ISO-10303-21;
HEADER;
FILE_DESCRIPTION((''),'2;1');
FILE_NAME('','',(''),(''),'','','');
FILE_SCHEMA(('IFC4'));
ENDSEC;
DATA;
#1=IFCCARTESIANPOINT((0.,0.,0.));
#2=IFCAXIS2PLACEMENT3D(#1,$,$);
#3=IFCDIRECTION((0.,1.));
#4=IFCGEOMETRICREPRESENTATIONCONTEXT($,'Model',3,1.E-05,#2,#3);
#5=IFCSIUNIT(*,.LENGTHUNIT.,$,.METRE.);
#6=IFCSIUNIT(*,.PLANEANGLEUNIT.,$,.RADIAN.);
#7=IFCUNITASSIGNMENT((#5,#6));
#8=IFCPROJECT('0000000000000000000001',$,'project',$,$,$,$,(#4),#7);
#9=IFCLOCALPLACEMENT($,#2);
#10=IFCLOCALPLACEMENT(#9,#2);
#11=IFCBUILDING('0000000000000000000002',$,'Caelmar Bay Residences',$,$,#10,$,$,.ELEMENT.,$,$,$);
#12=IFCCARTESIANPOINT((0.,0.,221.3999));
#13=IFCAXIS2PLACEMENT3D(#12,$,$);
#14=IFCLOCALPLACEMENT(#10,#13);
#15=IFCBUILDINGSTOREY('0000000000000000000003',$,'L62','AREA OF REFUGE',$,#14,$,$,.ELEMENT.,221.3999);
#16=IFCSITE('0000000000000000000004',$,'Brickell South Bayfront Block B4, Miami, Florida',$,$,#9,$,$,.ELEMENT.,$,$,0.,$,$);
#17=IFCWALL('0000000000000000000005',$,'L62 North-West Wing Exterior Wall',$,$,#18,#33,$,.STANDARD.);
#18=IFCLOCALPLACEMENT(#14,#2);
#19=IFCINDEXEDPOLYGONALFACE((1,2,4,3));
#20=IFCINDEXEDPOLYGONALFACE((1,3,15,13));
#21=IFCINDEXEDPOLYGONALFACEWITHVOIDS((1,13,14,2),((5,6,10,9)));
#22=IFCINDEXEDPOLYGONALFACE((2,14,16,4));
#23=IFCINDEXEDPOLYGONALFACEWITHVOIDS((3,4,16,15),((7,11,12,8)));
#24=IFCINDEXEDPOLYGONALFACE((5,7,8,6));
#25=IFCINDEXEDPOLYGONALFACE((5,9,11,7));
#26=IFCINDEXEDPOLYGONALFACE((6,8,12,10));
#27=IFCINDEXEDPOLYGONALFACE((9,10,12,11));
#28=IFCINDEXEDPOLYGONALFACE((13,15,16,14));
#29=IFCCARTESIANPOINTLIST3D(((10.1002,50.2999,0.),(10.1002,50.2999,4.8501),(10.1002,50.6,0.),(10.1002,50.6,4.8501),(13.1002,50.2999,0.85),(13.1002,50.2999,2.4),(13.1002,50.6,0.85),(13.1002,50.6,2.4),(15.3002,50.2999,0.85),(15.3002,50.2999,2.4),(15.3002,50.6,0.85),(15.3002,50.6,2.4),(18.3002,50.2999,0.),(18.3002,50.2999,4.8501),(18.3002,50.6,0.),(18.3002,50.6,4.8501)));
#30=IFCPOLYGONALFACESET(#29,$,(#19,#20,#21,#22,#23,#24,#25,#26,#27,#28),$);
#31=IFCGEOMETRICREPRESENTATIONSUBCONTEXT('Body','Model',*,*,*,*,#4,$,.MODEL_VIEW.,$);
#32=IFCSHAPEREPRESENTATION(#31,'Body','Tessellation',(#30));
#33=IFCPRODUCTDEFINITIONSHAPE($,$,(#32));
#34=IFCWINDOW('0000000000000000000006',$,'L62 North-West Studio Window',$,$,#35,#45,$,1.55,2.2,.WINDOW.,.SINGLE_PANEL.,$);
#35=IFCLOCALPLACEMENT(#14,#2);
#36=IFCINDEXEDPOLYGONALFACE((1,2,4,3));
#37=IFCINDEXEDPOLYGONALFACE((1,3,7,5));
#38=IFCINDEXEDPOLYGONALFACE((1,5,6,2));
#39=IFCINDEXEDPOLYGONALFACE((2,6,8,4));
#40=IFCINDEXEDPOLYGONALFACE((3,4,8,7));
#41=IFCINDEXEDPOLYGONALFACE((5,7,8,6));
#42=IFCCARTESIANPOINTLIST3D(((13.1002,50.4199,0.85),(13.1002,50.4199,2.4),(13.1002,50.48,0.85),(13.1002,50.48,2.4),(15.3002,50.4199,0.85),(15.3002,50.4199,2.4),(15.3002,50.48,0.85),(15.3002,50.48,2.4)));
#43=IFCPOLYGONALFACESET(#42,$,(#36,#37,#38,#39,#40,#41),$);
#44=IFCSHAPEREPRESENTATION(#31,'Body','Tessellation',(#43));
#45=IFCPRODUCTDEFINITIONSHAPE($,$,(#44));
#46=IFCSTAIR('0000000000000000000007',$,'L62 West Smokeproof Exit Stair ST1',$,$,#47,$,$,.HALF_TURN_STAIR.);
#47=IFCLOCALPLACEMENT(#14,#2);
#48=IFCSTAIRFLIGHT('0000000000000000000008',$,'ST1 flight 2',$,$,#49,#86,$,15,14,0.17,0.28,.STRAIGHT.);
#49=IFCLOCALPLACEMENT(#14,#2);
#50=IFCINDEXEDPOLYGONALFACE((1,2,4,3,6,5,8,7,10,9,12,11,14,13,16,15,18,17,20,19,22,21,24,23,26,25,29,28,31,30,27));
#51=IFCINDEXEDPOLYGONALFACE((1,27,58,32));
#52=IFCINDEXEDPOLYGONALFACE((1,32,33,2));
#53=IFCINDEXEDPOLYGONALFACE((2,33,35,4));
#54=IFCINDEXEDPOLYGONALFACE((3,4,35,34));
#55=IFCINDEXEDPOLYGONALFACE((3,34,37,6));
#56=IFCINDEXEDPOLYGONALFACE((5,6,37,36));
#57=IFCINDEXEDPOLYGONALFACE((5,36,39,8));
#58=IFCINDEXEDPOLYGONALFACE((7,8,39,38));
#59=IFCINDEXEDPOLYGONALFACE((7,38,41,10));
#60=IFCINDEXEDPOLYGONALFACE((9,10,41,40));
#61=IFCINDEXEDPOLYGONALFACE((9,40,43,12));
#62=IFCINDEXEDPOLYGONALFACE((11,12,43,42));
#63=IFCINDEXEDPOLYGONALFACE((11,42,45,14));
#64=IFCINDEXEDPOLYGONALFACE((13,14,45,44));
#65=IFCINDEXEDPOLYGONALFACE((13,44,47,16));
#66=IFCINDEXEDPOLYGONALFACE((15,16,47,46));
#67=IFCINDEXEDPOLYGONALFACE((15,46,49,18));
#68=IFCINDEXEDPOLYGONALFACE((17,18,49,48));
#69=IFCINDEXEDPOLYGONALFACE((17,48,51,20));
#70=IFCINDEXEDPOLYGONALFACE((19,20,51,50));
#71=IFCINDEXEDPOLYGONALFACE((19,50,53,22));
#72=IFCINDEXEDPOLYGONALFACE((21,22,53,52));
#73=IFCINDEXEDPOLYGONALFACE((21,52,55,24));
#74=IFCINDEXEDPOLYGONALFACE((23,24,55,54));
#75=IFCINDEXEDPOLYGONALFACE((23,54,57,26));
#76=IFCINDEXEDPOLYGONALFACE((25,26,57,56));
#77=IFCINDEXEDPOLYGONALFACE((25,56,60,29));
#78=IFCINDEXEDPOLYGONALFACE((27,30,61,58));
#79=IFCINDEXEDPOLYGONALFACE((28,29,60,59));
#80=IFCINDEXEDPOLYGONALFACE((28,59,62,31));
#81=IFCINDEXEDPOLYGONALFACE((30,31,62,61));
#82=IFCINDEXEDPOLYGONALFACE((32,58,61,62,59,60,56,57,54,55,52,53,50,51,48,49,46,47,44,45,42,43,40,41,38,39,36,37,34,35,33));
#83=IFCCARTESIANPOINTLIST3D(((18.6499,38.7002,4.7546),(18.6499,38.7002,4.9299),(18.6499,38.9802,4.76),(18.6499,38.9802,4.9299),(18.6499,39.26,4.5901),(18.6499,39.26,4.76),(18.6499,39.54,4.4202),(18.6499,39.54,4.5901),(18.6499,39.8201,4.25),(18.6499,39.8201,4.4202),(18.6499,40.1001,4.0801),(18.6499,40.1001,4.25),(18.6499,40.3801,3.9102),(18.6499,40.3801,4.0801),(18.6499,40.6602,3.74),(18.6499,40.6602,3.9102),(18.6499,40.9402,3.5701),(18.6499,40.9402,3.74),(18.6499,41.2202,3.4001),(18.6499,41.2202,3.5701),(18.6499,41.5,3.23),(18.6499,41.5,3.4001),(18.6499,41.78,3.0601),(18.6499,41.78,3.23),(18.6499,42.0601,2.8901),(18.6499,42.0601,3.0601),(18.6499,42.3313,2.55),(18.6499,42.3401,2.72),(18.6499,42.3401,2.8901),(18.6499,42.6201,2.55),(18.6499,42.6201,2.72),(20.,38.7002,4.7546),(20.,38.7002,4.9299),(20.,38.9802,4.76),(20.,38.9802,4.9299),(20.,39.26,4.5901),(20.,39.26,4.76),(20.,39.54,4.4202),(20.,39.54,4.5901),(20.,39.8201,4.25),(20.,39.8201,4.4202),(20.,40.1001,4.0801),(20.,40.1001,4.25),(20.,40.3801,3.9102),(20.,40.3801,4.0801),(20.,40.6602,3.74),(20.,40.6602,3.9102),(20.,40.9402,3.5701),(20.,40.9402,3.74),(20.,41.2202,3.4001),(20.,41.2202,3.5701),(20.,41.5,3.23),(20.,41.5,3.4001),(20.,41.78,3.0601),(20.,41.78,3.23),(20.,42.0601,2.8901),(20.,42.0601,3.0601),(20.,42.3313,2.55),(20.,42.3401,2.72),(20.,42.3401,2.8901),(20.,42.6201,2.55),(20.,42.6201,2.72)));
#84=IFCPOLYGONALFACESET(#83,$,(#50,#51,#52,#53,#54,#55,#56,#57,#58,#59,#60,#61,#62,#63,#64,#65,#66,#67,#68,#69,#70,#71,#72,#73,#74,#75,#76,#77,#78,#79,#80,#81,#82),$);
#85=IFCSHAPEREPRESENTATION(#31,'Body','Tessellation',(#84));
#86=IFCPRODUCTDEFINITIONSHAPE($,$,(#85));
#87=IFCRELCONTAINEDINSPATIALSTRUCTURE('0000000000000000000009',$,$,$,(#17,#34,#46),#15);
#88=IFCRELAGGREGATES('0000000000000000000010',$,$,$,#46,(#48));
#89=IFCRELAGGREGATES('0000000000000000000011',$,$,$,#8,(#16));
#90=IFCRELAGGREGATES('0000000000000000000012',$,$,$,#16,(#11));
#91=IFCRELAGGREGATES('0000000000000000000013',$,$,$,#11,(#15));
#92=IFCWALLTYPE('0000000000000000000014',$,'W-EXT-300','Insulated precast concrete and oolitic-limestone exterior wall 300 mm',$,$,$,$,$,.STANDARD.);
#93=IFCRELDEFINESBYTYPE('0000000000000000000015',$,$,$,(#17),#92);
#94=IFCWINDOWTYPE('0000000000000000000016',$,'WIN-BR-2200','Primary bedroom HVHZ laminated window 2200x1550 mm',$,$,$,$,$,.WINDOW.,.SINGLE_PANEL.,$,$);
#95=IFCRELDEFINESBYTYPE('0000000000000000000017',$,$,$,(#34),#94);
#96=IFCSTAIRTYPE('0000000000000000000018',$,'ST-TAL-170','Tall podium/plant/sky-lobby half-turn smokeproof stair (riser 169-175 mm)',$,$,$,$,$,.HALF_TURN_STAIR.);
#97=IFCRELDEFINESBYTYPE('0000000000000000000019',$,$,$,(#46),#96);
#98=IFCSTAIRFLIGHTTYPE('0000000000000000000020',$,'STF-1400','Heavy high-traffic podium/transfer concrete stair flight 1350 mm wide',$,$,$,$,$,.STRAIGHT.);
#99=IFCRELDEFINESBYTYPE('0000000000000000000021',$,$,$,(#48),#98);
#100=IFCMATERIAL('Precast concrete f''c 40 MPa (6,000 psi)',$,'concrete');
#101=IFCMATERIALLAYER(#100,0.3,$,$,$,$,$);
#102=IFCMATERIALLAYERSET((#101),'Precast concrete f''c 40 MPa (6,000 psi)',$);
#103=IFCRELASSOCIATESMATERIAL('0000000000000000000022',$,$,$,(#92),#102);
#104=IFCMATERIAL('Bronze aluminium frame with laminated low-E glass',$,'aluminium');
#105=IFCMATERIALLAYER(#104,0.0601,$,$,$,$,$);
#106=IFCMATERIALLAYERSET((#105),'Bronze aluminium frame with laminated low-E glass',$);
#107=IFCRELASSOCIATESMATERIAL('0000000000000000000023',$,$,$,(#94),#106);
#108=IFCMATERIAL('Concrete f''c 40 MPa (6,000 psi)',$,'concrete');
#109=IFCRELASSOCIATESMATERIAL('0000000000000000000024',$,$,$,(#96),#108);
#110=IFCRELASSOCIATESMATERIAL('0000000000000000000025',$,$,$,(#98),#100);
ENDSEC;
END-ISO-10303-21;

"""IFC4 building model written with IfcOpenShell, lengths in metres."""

from ifc_helpers import new_model, si_unit, direction, frame, frame_2d, origin, place, context, subcontext, project, spatial, polyline, rectangle, outline, extrude, material, layer, layer_set, type_object, element, fill, aggregate, save


model = new_model("IFC4")

# Units and contexts
model_context = context("Model", 3, precision=1e-05, world=origin(), true_north=direction((0.0, 1.0)))
body_context = subcontext(model_context, "Body", "Model", "MODEL_VIEW")
ifc_project = project(units=[si_unit("LENGTHUNIT", "METRE"), si_unit("PLANEANGLEUNIT", "RADIAN")], contexts=[model_context])

# Site, building, storey
site_placement = place(None, origin())
site = spatial("IfcSite", under=ifc_project, at=site_placement, Name="Brickell South Bayfront Block B4, Miami, Florida", CompositionType="ELEMENT", RefElevation=0.0)
building_placement = place(site_placement, origin())
building = spatial("IfcBuilding", under=site, at=building_placement, Name="Caelmar Bay Residences", CompositionType="ELEMENT")
storey_placement = place(building_placement, frame((0.0, 0.0, 221.3999)))
storey = spatial("IfcBuildingStorey", under=building, at=storey_placement, Name="L62", Description="AREA OF REFUGE", CompositionType="ELEMENT", Elevation=221.3999)

# Shared definitions
ifc_material_1 = material(Name="Precast concrete f'c 40 MPa (6,000 psi)", Category="concrete")

# Wall, opening, window
ifc_layer_1 = layer(ifc_material_1, 0.3)
ifc_layer_set_1 = layer_set([ifc_layer_1], Name="Precast concrete f'c 40 MPa (6,000 psi)")
wall_type_1 = type_object("IfcWallType", Name="W-EXT-300", Description="Insulated precast concrete and oolitic-limestone exterior wall 300 mm", PredefinedType="STANDARD", material=ifc_layer_set_1)
wall_1_placement = place(storey_placement, frame((10.1001, 50.45, 0.0), z_axis=(0.0, 0.0, 1.0), x_axis=(1.0, 0.0, 0.0)))
wall_1 = element("IfcWall", 1, at=wall_1_placement, inside=storey, type_object=wall_type_1, Name="L62 North-West Wing Exterior Wall", PredefinedType="STANDARD", context=body_context, shape_type="SweptSolid", body=[
    extrude(rectangle(XDim=8.2, YDim=0.3, at=frame_2d((4.1001, 0.0))), origin(), (0.0, 0.0, 1.0), 4.8501),
])
opening_1_placement = place(wall_1_placement, frame((3.0, 0.0, 0.8501)))
opening_1 = element("IfcOpeningElement", 2, at=opening_1_placement, cuts=wall_1, PredefinedType="OPENING", context=body_context, shape_type="SweptSolid", body=[
    extrude(rectangle(XDim=2.2, YDim=1.55, at=frame_2d((1.1001, 0.7749))), frame((0.0, 0.1599, 0.0), z_axis=(0.0, -1.0, 0.0), x_axis=(1.0, 0.0, 0.0)), (0.0, 0.0, 1.0), 0.3201),
])
ifc_material_2 = material(Name="Bronze aluminium frame with laminated low-E glass", Category="aluminium")
ifc_layer_2 = layer(ifc_material_2, 0.0601)
ifc_layer_set_2 = layer_set([ifc_layer_2], Name="Bronze aluminium frame with laminated low-E glass")
window_type = type_object("IfcWindowType", Name="WIN-BR-2200", Description="Primary bedroom HVHZ laminated window 2200x1550 mm", PartitioningType="SINGLE_PANEL", PredefinedType="WINDOW", material=ifc_layer_set_2)
window_placement = place(opening_1_placement, origin())
window = element("IfcWindow", 3, at=window_placement, inside=storey, type_object=window_type, Name="L62 North-West Studio Window", OverallHeight=1.55, OverallWidth=2.2, PartitioningType="SINGLE_PANEL", PredefinedType="WINDOW", context=body_context, shape_type="SweptSolid", body=[
    extrude(rectangle(XDim=2.2, YDim=1.55, at=frame_2d((1.1001, 0.7749))), frame((0.0, 0.03, 0.0), z_axis=(0.0, -1.0, 0.0), x_axis=(1.0, 0.0, 0.0)), (0.0, 0.0, 1.0), 0.0601),
])
fill(opening_1, window)

# Stair, stair flight
ifc_material_3 = material(Name="Concrete f'c 40 MPa (6,000 psi)", Category="concrete")
stair_type = type_object("IfcStairType", Name="ST-TAL-170", Description="Tall podium/plant/sky-lobby half-turn smokeproof stair (riser 169-175 mm)", PredefinedType="HALF_TURN_STAIR", material=ifc_material_3)
stair_placement = place(storey_placement, origin())
stair = element("IfcStair", 4, at=stair_placement, inside=storey, type_object=stair_type, Name="L62 West Smokeproof Exit Stair ST1", PredefinedType="HALF_TURN_STAIR")
stair_flight_type = type_object("IfcStairFlightType", Name="STF-1400", Description="Heavy high-traffic podium/transfer concrete stair flight 1350 mm wide", PredefinedType="STRAIGHT", material=ifc_material_1)
stair_flight_placement = place(storey_placement, frame((19.325, 42.6201, 2.55), z_axis=(0.0, 0.0, 1.0), x_axis=(0.0, -1.0, 0.0)))
stair_flight = element("IfcStairFlight", 5, at=stair_flight_placement, type_object=stair_flight_type, Name="ST1 flight 2", NumberOfRisers=15, NumberOfTreads=14, PredefinedType="STRAIGHT", RiserHeight=0.17, TreadLength=0.28, context=body_context, shape_type="SweptSolid", body=[
    extrude(outline(polyline([(0.0, 0.0), (0.0, 0.1699), (0.28, 0.1699), (0.28, 0.3401), (0.5601, 0.3401), (0.5601, 0.51), (0.8401, 0.51), (0.8401, 0.6799), (1.1201, 0.6799), (1.1201, 0.8501), (1.3999, 0.8501), (1.3999, 1.02), (1.6799, 1.02), (1.6799, 1.1899), (1.96, 1.1899), (1.96, 1.3601), (2.24, 1.3601), (2.24, 1.53), (2.52, 1.53), (2.52, 1.7), (2.8, 1.7), (2.8, 1.8701), (3.0801, 1.8701), (3.0801, 2.04), (3.3601, 2.04), (3.3601, 2.21), (3.6399, 2.21), (3.6399, 2.3799), (3.9199, 2.3799), (3.9199, 2.55), (3.9199, 2.2046), (0.2888, 0.0), (0.0, 0.0)])), frame((0.0, 0.675, 0.0), z_axis=(0.0, -1.0, 0.0), x_axis=(1.0, 0.0, 0.0)), (0.0, 0.0, 1.0), 1.3501),
])
aggregate(stair, [stair_flight])

save(model, "model.ifc")
